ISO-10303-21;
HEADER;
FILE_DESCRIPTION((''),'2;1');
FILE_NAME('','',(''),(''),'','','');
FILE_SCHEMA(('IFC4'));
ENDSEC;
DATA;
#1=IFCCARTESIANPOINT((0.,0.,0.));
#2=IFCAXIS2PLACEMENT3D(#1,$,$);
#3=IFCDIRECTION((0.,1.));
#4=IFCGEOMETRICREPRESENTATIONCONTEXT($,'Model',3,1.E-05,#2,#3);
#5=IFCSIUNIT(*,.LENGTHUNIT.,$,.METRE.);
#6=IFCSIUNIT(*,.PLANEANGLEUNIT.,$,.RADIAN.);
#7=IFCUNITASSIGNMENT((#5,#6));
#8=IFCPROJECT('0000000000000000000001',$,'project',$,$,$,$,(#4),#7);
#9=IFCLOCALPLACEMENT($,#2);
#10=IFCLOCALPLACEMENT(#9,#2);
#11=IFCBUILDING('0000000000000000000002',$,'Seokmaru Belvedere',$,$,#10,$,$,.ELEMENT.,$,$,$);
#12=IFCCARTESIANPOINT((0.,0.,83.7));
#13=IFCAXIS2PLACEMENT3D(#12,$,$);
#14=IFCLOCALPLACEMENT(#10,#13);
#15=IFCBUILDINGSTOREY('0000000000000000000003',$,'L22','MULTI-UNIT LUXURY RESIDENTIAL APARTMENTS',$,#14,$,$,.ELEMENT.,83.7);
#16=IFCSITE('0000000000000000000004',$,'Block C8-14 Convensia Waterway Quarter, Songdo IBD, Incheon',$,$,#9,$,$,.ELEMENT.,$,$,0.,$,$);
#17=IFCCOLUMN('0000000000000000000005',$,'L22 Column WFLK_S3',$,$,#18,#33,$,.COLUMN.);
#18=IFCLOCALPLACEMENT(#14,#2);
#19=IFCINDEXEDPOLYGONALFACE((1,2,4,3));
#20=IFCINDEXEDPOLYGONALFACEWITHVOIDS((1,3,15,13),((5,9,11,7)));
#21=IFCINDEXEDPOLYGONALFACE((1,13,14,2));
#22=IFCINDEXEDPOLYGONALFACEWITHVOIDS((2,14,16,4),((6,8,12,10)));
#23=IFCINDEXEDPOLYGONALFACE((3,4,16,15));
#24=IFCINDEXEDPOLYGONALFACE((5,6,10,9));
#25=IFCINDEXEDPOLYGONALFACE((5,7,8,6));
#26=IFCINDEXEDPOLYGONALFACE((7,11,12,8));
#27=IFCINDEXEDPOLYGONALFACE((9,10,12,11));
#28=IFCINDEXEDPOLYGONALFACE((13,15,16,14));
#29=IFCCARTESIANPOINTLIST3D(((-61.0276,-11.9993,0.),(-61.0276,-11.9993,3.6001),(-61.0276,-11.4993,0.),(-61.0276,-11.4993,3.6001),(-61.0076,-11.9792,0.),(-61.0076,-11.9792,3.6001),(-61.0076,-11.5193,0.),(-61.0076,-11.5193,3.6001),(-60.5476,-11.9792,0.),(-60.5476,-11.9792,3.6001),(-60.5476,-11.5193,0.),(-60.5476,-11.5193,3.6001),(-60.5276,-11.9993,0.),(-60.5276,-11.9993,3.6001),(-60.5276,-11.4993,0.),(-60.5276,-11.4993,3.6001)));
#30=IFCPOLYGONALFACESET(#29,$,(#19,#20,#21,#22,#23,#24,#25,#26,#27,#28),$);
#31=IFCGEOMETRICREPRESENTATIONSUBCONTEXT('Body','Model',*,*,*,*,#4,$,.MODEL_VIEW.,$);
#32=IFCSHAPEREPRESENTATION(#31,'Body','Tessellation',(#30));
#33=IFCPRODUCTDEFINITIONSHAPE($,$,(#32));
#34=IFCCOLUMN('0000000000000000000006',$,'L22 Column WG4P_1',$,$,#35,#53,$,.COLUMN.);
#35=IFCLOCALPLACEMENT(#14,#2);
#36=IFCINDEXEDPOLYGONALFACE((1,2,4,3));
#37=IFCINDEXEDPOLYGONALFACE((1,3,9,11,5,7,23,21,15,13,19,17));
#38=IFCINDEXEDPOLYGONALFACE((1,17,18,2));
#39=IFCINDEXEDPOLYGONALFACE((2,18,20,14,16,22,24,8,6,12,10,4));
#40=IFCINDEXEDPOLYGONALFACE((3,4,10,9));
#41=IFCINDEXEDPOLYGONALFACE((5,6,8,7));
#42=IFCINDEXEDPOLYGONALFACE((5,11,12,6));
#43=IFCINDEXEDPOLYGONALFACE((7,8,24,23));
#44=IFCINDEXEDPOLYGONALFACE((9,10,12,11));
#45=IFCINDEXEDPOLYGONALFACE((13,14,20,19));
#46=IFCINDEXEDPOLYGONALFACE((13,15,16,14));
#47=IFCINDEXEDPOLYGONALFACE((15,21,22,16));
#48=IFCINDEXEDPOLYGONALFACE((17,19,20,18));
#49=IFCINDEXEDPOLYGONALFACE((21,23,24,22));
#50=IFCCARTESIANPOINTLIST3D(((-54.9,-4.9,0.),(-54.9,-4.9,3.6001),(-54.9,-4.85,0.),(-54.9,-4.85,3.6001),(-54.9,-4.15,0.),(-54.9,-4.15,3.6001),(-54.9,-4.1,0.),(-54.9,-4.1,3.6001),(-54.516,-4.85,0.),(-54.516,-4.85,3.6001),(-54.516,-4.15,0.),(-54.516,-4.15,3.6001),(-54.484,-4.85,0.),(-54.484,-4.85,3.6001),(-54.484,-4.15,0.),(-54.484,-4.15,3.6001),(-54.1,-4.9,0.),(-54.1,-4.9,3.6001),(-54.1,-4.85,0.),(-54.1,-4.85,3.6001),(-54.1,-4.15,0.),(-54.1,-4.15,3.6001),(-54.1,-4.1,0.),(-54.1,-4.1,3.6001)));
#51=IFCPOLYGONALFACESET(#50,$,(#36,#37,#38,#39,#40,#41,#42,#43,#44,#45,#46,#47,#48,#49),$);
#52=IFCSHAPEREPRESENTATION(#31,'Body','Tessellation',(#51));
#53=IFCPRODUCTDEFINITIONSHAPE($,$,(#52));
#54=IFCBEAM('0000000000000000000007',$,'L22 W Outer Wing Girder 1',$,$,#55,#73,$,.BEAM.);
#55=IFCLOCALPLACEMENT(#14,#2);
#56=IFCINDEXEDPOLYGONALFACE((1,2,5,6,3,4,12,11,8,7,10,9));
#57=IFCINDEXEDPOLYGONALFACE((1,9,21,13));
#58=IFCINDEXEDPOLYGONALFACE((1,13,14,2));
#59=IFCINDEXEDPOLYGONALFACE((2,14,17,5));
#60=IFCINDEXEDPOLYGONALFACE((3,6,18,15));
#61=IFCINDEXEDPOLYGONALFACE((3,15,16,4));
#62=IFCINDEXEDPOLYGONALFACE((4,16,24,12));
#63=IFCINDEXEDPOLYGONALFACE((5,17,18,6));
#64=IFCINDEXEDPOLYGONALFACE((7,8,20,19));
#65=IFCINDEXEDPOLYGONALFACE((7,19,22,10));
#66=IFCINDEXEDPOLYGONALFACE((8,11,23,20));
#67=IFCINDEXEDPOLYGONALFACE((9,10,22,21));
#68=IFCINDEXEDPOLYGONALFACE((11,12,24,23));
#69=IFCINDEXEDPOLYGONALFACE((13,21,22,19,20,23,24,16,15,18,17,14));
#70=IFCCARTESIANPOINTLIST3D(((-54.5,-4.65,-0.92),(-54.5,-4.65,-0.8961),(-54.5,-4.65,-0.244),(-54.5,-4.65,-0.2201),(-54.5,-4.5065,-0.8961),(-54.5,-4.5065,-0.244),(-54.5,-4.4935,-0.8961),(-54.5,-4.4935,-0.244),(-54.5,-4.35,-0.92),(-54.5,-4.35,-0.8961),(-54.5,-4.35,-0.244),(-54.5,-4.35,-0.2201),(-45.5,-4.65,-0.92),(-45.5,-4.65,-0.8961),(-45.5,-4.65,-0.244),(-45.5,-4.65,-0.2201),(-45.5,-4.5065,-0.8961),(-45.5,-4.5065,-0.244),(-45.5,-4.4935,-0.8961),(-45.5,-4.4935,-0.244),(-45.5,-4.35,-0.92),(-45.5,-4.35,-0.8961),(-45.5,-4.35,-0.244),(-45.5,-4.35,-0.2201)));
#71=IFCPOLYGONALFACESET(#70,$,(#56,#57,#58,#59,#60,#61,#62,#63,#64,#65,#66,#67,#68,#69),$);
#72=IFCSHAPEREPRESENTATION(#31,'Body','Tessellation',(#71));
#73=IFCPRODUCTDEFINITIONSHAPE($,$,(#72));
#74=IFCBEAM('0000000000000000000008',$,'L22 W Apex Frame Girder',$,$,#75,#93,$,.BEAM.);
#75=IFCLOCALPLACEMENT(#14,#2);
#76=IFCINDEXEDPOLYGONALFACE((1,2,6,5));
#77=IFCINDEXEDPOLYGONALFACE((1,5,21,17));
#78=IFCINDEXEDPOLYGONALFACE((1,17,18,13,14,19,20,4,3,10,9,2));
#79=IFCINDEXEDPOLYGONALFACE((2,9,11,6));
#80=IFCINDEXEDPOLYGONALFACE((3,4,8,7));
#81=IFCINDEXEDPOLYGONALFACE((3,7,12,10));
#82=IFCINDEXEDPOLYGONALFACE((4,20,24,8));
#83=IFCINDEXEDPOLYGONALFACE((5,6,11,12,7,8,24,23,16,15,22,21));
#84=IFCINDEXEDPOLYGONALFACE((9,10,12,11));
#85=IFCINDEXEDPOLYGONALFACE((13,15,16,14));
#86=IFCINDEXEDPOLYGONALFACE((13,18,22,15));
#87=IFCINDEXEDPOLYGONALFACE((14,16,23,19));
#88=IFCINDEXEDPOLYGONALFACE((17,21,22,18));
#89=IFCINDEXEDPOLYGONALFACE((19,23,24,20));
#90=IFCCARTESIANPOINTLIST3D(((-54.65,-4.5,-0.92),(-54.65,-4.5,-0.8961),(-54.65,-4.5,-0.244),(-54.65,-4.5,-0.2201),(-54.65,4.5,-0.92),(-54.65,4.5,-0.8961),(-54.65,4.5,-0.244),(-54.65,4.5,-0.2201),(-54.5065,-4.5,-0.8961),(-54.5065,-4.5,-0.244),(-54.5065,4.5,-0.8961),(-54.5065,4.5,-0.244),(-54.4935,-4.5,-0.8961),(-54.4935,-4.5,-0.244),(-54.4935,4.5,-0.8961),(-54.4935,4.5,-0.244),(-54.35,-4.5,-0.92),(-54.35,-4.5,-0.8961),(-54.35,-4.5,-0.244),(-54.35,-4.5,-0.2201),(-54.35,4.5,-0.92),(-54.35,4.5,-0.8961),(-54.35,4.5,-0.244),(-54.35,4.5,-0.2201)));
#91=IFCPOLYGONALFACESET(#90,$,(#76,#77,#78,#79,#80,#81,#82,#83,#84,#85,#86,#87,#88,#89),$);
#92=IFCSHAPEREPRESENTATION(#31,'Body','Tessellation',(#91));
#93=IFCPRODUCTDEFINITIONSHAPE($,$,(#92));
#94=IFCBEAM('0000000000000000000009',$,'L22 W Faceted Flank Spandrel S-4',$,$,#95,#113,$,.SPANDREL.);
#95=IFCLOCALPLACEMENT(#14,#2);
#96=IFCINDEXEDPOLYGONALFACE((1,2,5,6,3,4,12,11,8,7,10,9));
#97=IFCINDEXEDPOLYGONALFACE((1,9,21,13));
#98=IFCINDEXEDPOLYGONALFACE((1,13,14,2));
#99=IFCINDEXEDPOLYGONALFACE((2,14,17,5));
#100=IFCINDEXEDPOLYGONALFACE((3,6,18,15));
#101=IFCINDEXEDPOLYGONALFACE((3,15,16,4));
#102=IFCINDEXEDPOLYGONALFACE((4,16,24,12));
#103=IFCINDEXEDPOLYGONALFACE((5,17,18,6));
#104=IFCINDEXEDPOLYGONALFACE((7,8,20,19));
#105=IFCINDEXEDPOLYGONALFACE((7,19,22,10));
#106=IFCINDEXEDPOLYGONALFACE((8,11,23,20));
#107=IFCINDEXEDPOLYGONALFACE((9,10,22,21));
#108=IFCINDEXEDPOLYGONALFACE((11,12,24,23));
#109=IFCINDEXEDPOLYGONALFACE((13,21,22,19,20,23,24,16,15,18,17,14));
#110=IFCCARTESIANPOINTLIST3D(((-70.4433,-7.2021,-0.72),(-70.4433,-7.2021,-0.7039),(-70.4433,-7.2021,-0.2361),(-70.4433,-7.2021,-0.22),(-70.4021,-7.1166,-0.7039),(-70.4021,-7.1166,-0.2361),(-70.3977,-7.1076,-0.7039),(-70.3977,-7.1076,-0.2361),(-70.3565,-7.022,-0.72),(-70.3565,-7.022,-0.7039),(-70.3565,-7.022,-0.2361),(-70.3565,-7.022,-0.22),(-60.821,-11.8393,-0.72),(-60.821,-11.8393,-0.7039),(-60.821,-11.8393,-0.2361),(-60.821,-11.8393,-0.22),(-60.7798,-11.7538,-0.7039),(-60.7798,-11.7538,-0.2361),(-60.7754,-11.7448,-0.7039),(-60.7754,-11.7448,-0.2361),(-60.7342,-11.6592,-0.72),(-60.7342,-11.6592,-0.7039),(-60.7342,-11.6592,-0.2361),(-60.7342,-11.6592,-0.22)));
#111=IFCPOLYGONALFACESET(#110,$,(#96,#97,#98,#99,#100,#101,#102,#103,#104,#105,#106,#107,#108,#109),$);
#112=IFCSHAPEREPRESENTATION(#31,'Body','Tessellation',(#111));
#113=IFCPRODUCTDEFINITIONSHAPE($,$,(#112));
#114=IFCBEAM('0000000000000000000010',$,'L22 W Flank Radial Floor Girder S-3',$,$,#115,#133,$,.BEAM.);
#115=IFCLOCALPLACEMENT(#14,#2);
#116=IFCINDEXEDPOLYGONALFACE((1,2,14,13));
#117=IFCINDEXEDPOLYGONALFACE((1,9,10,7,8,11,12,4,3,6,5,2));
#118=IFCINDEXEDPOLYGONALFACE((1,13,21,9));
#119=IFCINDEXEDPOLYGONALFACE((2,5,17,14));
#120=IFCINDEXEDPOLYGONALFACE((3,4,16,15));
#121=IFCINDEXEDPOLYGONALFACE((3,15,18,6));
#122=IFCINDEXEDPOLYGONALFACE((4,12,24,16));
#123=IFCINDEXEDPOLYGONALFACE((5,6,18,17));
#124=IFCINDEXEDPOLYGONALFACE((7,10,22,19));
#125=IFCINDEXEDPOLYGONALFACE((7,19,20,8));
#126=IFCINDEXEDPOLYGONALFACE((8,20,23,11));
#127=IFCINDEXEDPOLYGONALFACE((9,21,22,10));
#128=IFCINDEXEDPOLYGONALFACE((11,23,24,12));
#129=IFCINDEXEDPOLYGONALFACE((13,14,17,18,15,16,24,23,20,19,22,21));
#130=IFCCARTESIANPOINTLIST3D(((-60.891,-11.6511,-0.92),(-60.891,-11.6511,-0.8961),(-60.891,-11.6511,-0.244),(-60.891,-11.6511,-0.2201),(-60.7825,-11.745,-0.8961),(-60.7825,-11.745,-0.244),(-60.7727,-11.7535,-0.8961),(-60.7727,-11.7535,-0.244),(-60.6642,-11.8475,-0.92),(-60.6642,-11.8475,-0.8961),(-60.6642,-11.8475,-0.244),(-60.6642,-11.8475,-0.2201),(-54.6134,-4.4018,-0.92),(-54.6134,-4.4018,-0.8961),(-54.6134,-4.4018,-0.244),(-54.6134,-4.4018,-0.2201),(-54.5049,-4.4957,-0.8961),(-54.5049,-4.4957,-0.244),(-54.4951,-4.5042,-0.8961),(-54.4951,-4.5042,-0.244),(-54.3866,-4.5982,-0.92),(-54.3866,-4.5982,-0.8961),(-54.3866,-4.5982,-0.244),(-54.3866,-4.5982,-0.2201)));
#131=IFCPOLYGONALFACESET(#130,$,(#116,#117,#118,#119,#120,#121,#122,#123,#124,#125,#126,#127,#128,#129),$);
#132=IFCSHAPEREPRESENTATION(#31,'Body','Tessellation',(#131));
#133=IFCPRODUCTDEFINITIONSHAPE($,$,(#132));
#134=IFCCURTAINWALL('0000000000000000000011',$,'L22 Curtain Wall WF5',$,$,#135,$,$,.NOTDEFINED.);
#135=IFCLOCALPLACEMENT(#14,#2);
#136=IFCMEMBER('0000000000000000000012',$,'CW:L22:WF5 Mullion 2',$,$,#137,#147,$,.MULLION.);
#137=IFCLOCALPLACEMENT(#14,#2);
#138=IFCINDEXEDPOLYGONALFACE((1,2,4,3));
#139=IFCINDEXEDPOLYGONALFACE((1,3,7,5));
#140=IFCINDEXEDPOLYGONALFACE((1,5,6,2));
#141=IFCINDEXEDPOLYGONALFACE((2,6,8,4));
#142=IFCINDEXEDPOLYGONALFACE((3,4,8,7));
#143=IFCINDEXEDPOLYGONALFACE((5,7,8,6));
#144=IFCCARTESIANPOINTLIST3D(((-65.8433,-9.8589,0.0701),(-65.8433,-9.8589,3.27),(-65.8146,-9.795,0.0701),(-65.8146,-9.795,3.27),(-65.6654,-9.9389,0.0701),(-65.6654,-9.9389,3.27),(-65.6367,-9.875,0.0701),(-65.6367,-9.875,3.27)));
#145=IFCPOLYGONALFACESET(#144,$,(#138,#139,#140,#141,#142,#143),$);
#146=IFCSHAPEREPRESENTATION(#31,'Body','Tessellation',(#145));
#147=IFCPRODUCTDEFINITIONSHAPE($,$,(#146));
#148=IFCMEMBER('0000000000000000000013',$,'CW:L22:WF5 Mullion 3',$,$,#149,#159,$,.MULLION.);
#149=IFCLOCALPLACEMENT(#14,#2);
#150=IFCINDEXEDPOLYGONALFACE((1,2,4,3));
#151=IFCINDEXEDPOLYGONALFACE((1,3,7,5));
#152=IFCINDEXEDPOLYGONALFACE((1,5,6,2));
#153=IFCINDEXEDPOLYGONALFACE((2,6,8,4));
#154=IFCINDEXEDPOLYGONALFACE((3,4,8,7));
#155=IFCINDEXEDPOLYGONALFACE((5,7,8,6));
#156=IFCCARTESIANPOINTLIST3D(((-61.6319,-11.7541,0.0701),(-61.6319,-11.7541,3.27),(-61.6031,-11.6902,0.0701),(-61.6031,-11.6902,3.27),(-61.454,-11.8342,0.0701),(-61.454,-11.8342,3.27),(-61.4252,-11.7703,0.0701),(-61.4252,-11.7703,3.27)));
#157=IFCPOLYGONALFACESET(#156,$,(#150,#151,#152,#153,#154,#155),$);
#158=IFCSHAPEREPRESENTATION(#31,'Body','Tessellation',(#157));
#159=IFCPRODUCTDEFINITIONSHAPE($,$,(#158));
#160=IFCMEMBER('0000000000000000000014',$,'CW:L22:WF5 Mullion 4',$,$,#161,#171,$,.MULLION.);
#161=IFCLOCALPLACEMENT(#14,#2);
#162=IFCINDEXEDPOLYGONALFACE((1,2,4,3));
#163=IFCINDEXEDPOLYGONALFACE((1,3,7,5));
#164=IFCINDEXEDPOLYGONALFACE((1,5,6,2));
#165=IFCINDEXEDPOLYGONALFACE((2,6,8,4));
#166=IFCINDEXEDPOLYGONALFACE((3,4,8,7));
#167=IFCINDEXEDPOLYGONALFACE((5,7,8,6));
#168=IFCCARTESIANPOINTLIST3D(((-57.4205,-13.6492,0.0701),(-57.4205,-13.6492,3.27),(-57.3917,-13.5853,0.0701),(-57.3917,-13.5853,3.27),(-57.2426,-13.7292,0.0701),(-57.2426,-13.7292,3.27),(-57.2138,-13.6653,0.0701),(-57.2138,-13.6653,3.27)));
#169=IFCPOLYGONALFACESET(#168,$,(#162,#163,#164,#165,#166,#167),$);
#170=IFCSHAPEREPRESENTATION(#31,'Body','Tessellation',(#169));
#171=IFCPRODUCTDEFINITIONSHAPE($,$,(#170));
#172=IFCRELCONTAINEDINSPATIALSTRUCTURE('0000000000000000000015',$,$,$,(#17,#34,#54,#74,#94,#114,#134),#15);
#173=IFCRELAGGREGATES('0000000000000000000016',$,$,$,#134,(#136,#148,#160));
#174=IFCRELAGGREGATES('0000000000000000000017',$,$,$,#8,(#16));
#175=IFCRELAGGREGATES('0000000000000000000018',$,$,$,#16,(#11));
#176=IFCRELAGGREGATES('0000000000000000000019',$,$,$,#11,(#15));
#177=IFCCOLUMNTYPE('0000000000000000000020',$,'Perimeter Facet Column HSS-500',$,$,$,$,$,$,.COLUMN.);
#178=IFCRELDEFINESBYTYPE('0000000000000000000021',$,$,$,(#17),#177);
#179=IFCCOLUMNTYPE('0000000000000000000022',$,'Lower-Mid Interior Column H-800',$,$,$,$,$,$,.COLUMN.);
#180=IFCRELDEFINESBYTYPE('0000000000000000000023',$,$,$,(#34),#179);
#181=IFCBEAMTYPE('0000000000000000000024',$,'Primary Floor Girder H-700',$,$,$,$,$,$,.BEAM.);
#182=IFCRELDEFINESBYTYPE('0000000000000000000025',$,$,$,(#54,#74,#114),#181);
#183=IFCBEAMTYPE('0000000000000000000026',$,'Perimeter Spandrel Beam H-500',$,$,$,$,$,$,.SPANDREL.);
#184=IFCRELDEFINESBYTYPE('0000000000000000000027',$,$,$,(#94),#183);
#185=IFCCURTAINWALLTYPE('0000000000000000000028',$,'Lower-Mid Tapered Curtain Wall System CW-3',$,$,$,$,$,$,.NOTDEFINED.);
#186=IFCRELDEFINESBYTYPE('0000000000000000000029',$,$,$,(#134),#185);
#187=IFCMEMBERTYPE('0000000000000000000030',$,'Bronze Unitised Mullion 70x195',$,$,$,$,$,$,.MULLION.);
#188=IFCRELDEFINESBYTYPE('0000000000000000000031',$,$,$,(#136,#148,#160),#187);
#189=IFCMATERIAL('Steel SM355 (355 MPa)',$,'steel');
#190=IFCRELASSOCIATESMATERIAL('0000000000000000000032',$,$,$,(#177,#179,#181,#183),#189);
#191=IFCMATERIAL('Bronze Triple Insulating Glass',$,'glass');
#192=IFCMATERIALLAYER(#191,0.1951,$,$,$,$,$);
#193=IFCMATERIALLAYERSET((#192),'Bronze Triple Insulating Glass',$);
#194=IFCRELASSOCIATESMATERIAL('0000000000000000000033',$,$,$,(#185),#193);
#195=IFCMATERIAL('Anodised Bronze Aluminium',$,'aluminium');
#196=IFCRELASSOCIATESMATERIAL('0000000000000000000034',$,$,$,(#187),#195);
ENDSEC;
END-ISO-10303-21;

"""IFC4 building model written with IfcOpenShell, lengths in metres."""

from ifc_helpers import new_model, si_unit, direction, frame, origin, origin_2d, place, context, subcontext, project, spatial, rectangle, hollow_rectangle, i_section, extrude, source, transform, mapped, material, layer, layer_set, material_profile, profile_set, type_object, type_shapes, element, aggregate, save


model = new_model("IFC4")

# Units and contexts
model_context = context("Model", 3, precision=1e-05, world=origin(), true_north=direction((0.0, 1.0)))
body_context = subcontext(model_context, "Body", "Model", "MODEL_VIEW")
ifc_project = project(units=[si_unit("LENGTHUNIT", "METRE"), si_unit("PLANEANGLEUNIT", "RADIAN")], contexts=[model_context])

# Site, building, storey
site_placement = place(None, origin())
site = spatial("IfcSite", under=ifc_project, at=site_placement, Name="Block C8-14 Convensia Waterway Quarter, Songdo IBD, Incheon", CompositionType="ELEMENT", RefElevation=0.0)
building_placement = place(site_placement, origin())
building = spatial("IfcBuilding", under=site, at=building_placement, Name="Seokmaru Belvedere", CompositionType="ELEMENT")
storey_placement = place(building_placement, frame((0.0, 0.0, 83.7)))
storey = spatial("IfcBuildingStorey", under=building, at=storey_placement, Name="L22", Description="MULTI-UNIT LUXURY RESIDENTIAL APARTMENTS", CompositionType="ELEMENT", Elevation=83.7)

# Columns
ifc_material_1 = material(Name="Steel SM355 (355 MPa)", Category="steel")
ifc_material_profile_1 = material_profile(ifc_material_1, hollow_rectangle(XDim=0.5, YDim=0.5, WallThickness=0.02, at=origin_2d()), Name="HSS-500x500x20")
ifc_profile_set_1 = profile_set([ifc_material_profile_1], Name="Steel SM355 (355 MPa)")
column_type_1 = type_object("IfcColumnType", Name="Perimeter Facet Column HSS-500", PredefinedType="COLUMN", material=ifc_profile_set_1)
shared_shape_1 = source(origin(), body_context, "Body", "SweptSolid", [
    extrude(hollow_rectangle(XDim=0.5, YDim=0.5, WallThickness=0.02, at=origin_2d()), origin(), (0.0, 0.0, 1.0), 3.6001),
])
type_shapes(column_type_1, [shared_shape_1])
column_1_placement = place(storey_placement, frame((-60.7776, -11.7493, 0.0), z_axis=(0.0, 0.0, 1.0), x_axis=(1.0, 0.0, 0.0)))
element("IfcColumn", 1, at=column_1_placement, inside=storey, type_object=column_type_1, Name="L22 Column WFLK_S3", PredefinedType="COLUMN", context=body_context, shape_type="MappedRepresentation", body=[
    mapped(shared_shape_1, transform((0.0, 0.0, 0.0), scale=1.0)),
])
ifc_material_profile_2 = material_profile(ifc_material_1, i_section(OverallWidth=0.8, OverallDepth=0.8, WebThickness=0.032, FlangeThickness=0.05, at=origin_2d()), Name="H-800x800x32x50")
ifc_profile_set_2 = profile_set([ifc_material_profile_2], Name="Steel SM355 (355 MPa)")
column_type_2 = type_object("IfcColumnType", Name="Lower-Mid Interior Column H-800", PredefinedType="COLUMN", material=ifc_profile_set_2)
shared_shape_2 = source(origin(), body_context, "Body", "SweptSolid", [
    extrude(i_section(OverallWidth=0.8, OverallDepth=0.8, WebThickness=0.032, FlangeThickness=0.05, at=origin_2d()), origin(), (0.0, 0.0, 1.0), 3.6001),
])
type_shapes(column_type_2, [shared_shape_2])
column_2_placement = place(storey_placement, frame((-54.5, -4.5, 0.0), z_axis=(0.0, 0.0, 1.0), x_axis=(1.0, 0.0, 0.0)))
element("IfcColumn", 2, at=column_2_placement, inside=storey, type_object=column_type_2, Name="L22 Column WG4P_1", PredefinedType="COLUMN", context=body_context, shape_type="MappedRepresentation", body=[
    mapped(shared_shape_2, transform((0.0, 0.0, 0.0), scale=1.0)),
])

# Beams
ifc_material_profile_3 = material_profile(ifc_material_1, i_section(OverallWidth=0.3, OverallDepth=0.7, WebThickness=0.0129, FlangeThickness=0.0239, at=origin_2d()), Name="H-700x300x13x24")
ifc_profile_set_3 = profile_set([ifc_material_profile_3], Name="Steel SM355 (355 MPa)")
beam_type_1 = type_object("IfcBeamType", Name="Primary Floor Girder H-700", PredefinedType="BEAM", material=ifc_profile_set_3)
shared_shape_3 = source(origin(), body_context, "Body", "SweptSolid", [
    extrude(i_section(OverallWidth=0.3, OverallDepth=0.7, WebThickness=0.0129, FlangeThickness=0.0239, at=origin_2d()), origin(), (0.0, 0.0, 1.0), 9.0),
])
for number, where, z_axis, x_axis, name in (
    (3, (-54.5, -4.5, -0.5701), (1.0, 0.0, 0.0), (0.0, 1.0, 0.0), "L22 W Outer Wing Girder 1"),
    (4, (-54.5, -4.5, -0.5701), (0.0, 1.0, 0.0), (-1.0, 0.0, 0.0), "L22 W Apex Frame Girder"),
):
    element("IfcBeam", number, at=place(storey_placement, frame(where, z_axis=z_axis, x_axis=x_axis)), inside=storey, type_object=beam_type_1, Name=name, PredefinedType="BEAM", context=body_context, shape_type="MappedRepresentation", body=[
        mapped(shared_shape_3, transform((0.0, 0.0, 0.0), scale=1.0)),
    ])
ifc_material_profile_4 = material_profile(ifc_material_1, i_section(OverallWidth=0.2, OverallDepth=0.5, WebThickness=0.01, FlangeThickness=0.0161, at=origin_2d()), Name="H-500x200x10x16")
ifc_profile_set_4 = profile_set([ifc_material_profile_4], Name="Steel SM355 (355 MPa)")
beam_type_2 = type_object("IfcBeamType", Name="Perimeter Spandrel Beam H-500", PredefinedType="SPANDREL", material=ifc_profile_set_4)
shared_shape_4 = source(origin(), body_context, "Body", "SweptSolid", [
    extrude(i_section(OverallWidth=0.2, OverallDepth=0.5, WebThickness=0.01, FlangeThickness=0.0161, at=origin_2d()), origin(), (0.0, 0.0, 1.0), 10.6814),
])
type_shapes(beam_type_2, [shared_shape_4])
beam_1_placement = place(storey_placement, frame((-60.7776, -11.7493, -0.47), z_axis=(-0.900846, 0.434138, 0.0), x_axis=(-0.434138, -0.900846, 0.0)))
element("IfcBeam", 5, at=beam_1_placement, inside=storey, type_object=beam_type_2, Name="L22 W Faceted Flank Spandrel S-4", PredefinedType="SPANDREL", context=body_context, shape_type="MappedRepresentation", body=[
    mapped(shared_shape_4, transform((0.0, 0.0, 0.0), scale=1.0)),
])
shared_shape_5 = source(origin(), body_context, "Body", "SweptSolid", [
    extrude(i_section(OverallWidth=0.3, OverallDepth=0.7, WebThickness=0.0129, FlangeThickness=0.0239, at=origin_2d()), origin(), (0.0, 0.0, 1.0), 9.5896),
])
type_shapes(beam_type_1, [shared_shape_3, shared_shape_5])
beam_2_placement = place(storey_placement, frame((-60.7776, -11.7493, -0.5701), z_axis=(0.654626, 0.755953, 0.0), x_axis=(-0.755953, 0.654626, 0.0)))
element("IfcBeam", 6, at=beam_2_placement, inside=storey, type_object=beam_type_1, Name="L22 W Flank Radial Floor Girder S-3", PredefinedType="BEAM", context=body_context, shape_type="MappedRepresentation", body=[
    mapped(shared_shape_5, transform((0.0, 0.0, 0.0), scale=1.0)),
])

# Curtain wall, members
ifc_material_2 = material(Name="Bronze Triple Insulating Glass", Category="glass")
ifc_layer_1 = layer(ifc_material_2, 0.1951)
ifc_layer_set_1 = layer_set([ifc_layer_1], Name="Bronze Triple Insulating Glass")
curtain_wall_type = type_object("IfcCurtainWallType", Name="Lower-Mid Tapered Curtain Wall System CW-3", PredefinedType="NOTDEFINED", material=ifc_layer_set_1)
curtain_wall_placement = place(storey_placement, origin())
curtain_wall = element("IfcCurtainWall", 7, at=curtain_wall_placement, inside=storey, type_object=curtain_wall_type, Name="L22 Curtain Wall WF5", PredefinedType="NOTDEFINED")
ifc_material_3 = material(Name="Anodised Bronze Aluminium", Category="aluminium")
ifc_material_profile_5 = material_profile(ifc_material_3, rectangle(XDim=0.0701, YDim=0.1951, at=origin_2d()), Name="CW-M-70x195")
ifc_profile_set_5 = profile_set([ifc_material_profile_5], Name="Anodised Bronze Aluminium")
member_type = type_object("IfcMemberType", Name="Bronze Unitised Mullion 70x195", PredefinedType="MULLION", material=ifc_profile_set_5)
shared_shape_6 = source(origin(), body_context, "Body", "SweptSolid", [
    extrude(rectangle(XDim=0.0701, YDim=0.1951, at=origin_2d()), origin(), (0.0, 0.0, 1.0), 3.2),
])
type_shapes(member_type, [shared_shape_6])
member_1_placement = place(storey_placement, frame((-65.74, -9.8669, 0.0701), z_axis=(0.0, 0.0, 1.0), x_axis=(0.410366, 0.911921, 0.0)))
member_1 = element("IfcMember", 8, at=member_1_placement, type_object=member_type, Name="CW:L22:WF5 Mullion 2", PredefinedType="MULLION", context=body_context, shape_type="MappedRepresentation", body=[
    mapped(shared_shape_6, transform((0.0, 0.0, 0.0), scale=1.0)),
])
member_2_placement = place(storey_placement, frame((-61.5286, -11.7622, 0.0701), z_axis=(0.0, 0.0, 1.0), x_axis=(0.410366, 0.911921, 0.0)))
member_2 = element("IfcMember", 9, at=member_2_placement, type_object=member_type, Name="CW:L22:WF5 Mullion 3", PredefinedType="MULLION", context=body_context, shape_type="MappedRepresentation", body=[
    mapped(shared_shape_6, transform((0.0, 0.0, 0.0), scale=1.0)),
])
member_3_placement = place(storey_placement, frame((-57.3171, -13.6572, 0.0701), z_axis=(0.0, 0.0, 1.0), x_axis=(0.410366, 0.911921, 0.0)))
member_3 = element("IfcMember", 10, at=member_3_placement, type_object=member_type, Name="CW:L22:WF5 Mullion 4", PredefinedType="MULLION", context=body_context, shape_type="MappedRepresentation", body=[
    mapped(shared_shape_6, transform((0.0, 0.0, 0.0), scale=1.0)),
])
aggregate(curtain_wall, [member_1, member_2, member_3])

save(model, "model.ifc")
